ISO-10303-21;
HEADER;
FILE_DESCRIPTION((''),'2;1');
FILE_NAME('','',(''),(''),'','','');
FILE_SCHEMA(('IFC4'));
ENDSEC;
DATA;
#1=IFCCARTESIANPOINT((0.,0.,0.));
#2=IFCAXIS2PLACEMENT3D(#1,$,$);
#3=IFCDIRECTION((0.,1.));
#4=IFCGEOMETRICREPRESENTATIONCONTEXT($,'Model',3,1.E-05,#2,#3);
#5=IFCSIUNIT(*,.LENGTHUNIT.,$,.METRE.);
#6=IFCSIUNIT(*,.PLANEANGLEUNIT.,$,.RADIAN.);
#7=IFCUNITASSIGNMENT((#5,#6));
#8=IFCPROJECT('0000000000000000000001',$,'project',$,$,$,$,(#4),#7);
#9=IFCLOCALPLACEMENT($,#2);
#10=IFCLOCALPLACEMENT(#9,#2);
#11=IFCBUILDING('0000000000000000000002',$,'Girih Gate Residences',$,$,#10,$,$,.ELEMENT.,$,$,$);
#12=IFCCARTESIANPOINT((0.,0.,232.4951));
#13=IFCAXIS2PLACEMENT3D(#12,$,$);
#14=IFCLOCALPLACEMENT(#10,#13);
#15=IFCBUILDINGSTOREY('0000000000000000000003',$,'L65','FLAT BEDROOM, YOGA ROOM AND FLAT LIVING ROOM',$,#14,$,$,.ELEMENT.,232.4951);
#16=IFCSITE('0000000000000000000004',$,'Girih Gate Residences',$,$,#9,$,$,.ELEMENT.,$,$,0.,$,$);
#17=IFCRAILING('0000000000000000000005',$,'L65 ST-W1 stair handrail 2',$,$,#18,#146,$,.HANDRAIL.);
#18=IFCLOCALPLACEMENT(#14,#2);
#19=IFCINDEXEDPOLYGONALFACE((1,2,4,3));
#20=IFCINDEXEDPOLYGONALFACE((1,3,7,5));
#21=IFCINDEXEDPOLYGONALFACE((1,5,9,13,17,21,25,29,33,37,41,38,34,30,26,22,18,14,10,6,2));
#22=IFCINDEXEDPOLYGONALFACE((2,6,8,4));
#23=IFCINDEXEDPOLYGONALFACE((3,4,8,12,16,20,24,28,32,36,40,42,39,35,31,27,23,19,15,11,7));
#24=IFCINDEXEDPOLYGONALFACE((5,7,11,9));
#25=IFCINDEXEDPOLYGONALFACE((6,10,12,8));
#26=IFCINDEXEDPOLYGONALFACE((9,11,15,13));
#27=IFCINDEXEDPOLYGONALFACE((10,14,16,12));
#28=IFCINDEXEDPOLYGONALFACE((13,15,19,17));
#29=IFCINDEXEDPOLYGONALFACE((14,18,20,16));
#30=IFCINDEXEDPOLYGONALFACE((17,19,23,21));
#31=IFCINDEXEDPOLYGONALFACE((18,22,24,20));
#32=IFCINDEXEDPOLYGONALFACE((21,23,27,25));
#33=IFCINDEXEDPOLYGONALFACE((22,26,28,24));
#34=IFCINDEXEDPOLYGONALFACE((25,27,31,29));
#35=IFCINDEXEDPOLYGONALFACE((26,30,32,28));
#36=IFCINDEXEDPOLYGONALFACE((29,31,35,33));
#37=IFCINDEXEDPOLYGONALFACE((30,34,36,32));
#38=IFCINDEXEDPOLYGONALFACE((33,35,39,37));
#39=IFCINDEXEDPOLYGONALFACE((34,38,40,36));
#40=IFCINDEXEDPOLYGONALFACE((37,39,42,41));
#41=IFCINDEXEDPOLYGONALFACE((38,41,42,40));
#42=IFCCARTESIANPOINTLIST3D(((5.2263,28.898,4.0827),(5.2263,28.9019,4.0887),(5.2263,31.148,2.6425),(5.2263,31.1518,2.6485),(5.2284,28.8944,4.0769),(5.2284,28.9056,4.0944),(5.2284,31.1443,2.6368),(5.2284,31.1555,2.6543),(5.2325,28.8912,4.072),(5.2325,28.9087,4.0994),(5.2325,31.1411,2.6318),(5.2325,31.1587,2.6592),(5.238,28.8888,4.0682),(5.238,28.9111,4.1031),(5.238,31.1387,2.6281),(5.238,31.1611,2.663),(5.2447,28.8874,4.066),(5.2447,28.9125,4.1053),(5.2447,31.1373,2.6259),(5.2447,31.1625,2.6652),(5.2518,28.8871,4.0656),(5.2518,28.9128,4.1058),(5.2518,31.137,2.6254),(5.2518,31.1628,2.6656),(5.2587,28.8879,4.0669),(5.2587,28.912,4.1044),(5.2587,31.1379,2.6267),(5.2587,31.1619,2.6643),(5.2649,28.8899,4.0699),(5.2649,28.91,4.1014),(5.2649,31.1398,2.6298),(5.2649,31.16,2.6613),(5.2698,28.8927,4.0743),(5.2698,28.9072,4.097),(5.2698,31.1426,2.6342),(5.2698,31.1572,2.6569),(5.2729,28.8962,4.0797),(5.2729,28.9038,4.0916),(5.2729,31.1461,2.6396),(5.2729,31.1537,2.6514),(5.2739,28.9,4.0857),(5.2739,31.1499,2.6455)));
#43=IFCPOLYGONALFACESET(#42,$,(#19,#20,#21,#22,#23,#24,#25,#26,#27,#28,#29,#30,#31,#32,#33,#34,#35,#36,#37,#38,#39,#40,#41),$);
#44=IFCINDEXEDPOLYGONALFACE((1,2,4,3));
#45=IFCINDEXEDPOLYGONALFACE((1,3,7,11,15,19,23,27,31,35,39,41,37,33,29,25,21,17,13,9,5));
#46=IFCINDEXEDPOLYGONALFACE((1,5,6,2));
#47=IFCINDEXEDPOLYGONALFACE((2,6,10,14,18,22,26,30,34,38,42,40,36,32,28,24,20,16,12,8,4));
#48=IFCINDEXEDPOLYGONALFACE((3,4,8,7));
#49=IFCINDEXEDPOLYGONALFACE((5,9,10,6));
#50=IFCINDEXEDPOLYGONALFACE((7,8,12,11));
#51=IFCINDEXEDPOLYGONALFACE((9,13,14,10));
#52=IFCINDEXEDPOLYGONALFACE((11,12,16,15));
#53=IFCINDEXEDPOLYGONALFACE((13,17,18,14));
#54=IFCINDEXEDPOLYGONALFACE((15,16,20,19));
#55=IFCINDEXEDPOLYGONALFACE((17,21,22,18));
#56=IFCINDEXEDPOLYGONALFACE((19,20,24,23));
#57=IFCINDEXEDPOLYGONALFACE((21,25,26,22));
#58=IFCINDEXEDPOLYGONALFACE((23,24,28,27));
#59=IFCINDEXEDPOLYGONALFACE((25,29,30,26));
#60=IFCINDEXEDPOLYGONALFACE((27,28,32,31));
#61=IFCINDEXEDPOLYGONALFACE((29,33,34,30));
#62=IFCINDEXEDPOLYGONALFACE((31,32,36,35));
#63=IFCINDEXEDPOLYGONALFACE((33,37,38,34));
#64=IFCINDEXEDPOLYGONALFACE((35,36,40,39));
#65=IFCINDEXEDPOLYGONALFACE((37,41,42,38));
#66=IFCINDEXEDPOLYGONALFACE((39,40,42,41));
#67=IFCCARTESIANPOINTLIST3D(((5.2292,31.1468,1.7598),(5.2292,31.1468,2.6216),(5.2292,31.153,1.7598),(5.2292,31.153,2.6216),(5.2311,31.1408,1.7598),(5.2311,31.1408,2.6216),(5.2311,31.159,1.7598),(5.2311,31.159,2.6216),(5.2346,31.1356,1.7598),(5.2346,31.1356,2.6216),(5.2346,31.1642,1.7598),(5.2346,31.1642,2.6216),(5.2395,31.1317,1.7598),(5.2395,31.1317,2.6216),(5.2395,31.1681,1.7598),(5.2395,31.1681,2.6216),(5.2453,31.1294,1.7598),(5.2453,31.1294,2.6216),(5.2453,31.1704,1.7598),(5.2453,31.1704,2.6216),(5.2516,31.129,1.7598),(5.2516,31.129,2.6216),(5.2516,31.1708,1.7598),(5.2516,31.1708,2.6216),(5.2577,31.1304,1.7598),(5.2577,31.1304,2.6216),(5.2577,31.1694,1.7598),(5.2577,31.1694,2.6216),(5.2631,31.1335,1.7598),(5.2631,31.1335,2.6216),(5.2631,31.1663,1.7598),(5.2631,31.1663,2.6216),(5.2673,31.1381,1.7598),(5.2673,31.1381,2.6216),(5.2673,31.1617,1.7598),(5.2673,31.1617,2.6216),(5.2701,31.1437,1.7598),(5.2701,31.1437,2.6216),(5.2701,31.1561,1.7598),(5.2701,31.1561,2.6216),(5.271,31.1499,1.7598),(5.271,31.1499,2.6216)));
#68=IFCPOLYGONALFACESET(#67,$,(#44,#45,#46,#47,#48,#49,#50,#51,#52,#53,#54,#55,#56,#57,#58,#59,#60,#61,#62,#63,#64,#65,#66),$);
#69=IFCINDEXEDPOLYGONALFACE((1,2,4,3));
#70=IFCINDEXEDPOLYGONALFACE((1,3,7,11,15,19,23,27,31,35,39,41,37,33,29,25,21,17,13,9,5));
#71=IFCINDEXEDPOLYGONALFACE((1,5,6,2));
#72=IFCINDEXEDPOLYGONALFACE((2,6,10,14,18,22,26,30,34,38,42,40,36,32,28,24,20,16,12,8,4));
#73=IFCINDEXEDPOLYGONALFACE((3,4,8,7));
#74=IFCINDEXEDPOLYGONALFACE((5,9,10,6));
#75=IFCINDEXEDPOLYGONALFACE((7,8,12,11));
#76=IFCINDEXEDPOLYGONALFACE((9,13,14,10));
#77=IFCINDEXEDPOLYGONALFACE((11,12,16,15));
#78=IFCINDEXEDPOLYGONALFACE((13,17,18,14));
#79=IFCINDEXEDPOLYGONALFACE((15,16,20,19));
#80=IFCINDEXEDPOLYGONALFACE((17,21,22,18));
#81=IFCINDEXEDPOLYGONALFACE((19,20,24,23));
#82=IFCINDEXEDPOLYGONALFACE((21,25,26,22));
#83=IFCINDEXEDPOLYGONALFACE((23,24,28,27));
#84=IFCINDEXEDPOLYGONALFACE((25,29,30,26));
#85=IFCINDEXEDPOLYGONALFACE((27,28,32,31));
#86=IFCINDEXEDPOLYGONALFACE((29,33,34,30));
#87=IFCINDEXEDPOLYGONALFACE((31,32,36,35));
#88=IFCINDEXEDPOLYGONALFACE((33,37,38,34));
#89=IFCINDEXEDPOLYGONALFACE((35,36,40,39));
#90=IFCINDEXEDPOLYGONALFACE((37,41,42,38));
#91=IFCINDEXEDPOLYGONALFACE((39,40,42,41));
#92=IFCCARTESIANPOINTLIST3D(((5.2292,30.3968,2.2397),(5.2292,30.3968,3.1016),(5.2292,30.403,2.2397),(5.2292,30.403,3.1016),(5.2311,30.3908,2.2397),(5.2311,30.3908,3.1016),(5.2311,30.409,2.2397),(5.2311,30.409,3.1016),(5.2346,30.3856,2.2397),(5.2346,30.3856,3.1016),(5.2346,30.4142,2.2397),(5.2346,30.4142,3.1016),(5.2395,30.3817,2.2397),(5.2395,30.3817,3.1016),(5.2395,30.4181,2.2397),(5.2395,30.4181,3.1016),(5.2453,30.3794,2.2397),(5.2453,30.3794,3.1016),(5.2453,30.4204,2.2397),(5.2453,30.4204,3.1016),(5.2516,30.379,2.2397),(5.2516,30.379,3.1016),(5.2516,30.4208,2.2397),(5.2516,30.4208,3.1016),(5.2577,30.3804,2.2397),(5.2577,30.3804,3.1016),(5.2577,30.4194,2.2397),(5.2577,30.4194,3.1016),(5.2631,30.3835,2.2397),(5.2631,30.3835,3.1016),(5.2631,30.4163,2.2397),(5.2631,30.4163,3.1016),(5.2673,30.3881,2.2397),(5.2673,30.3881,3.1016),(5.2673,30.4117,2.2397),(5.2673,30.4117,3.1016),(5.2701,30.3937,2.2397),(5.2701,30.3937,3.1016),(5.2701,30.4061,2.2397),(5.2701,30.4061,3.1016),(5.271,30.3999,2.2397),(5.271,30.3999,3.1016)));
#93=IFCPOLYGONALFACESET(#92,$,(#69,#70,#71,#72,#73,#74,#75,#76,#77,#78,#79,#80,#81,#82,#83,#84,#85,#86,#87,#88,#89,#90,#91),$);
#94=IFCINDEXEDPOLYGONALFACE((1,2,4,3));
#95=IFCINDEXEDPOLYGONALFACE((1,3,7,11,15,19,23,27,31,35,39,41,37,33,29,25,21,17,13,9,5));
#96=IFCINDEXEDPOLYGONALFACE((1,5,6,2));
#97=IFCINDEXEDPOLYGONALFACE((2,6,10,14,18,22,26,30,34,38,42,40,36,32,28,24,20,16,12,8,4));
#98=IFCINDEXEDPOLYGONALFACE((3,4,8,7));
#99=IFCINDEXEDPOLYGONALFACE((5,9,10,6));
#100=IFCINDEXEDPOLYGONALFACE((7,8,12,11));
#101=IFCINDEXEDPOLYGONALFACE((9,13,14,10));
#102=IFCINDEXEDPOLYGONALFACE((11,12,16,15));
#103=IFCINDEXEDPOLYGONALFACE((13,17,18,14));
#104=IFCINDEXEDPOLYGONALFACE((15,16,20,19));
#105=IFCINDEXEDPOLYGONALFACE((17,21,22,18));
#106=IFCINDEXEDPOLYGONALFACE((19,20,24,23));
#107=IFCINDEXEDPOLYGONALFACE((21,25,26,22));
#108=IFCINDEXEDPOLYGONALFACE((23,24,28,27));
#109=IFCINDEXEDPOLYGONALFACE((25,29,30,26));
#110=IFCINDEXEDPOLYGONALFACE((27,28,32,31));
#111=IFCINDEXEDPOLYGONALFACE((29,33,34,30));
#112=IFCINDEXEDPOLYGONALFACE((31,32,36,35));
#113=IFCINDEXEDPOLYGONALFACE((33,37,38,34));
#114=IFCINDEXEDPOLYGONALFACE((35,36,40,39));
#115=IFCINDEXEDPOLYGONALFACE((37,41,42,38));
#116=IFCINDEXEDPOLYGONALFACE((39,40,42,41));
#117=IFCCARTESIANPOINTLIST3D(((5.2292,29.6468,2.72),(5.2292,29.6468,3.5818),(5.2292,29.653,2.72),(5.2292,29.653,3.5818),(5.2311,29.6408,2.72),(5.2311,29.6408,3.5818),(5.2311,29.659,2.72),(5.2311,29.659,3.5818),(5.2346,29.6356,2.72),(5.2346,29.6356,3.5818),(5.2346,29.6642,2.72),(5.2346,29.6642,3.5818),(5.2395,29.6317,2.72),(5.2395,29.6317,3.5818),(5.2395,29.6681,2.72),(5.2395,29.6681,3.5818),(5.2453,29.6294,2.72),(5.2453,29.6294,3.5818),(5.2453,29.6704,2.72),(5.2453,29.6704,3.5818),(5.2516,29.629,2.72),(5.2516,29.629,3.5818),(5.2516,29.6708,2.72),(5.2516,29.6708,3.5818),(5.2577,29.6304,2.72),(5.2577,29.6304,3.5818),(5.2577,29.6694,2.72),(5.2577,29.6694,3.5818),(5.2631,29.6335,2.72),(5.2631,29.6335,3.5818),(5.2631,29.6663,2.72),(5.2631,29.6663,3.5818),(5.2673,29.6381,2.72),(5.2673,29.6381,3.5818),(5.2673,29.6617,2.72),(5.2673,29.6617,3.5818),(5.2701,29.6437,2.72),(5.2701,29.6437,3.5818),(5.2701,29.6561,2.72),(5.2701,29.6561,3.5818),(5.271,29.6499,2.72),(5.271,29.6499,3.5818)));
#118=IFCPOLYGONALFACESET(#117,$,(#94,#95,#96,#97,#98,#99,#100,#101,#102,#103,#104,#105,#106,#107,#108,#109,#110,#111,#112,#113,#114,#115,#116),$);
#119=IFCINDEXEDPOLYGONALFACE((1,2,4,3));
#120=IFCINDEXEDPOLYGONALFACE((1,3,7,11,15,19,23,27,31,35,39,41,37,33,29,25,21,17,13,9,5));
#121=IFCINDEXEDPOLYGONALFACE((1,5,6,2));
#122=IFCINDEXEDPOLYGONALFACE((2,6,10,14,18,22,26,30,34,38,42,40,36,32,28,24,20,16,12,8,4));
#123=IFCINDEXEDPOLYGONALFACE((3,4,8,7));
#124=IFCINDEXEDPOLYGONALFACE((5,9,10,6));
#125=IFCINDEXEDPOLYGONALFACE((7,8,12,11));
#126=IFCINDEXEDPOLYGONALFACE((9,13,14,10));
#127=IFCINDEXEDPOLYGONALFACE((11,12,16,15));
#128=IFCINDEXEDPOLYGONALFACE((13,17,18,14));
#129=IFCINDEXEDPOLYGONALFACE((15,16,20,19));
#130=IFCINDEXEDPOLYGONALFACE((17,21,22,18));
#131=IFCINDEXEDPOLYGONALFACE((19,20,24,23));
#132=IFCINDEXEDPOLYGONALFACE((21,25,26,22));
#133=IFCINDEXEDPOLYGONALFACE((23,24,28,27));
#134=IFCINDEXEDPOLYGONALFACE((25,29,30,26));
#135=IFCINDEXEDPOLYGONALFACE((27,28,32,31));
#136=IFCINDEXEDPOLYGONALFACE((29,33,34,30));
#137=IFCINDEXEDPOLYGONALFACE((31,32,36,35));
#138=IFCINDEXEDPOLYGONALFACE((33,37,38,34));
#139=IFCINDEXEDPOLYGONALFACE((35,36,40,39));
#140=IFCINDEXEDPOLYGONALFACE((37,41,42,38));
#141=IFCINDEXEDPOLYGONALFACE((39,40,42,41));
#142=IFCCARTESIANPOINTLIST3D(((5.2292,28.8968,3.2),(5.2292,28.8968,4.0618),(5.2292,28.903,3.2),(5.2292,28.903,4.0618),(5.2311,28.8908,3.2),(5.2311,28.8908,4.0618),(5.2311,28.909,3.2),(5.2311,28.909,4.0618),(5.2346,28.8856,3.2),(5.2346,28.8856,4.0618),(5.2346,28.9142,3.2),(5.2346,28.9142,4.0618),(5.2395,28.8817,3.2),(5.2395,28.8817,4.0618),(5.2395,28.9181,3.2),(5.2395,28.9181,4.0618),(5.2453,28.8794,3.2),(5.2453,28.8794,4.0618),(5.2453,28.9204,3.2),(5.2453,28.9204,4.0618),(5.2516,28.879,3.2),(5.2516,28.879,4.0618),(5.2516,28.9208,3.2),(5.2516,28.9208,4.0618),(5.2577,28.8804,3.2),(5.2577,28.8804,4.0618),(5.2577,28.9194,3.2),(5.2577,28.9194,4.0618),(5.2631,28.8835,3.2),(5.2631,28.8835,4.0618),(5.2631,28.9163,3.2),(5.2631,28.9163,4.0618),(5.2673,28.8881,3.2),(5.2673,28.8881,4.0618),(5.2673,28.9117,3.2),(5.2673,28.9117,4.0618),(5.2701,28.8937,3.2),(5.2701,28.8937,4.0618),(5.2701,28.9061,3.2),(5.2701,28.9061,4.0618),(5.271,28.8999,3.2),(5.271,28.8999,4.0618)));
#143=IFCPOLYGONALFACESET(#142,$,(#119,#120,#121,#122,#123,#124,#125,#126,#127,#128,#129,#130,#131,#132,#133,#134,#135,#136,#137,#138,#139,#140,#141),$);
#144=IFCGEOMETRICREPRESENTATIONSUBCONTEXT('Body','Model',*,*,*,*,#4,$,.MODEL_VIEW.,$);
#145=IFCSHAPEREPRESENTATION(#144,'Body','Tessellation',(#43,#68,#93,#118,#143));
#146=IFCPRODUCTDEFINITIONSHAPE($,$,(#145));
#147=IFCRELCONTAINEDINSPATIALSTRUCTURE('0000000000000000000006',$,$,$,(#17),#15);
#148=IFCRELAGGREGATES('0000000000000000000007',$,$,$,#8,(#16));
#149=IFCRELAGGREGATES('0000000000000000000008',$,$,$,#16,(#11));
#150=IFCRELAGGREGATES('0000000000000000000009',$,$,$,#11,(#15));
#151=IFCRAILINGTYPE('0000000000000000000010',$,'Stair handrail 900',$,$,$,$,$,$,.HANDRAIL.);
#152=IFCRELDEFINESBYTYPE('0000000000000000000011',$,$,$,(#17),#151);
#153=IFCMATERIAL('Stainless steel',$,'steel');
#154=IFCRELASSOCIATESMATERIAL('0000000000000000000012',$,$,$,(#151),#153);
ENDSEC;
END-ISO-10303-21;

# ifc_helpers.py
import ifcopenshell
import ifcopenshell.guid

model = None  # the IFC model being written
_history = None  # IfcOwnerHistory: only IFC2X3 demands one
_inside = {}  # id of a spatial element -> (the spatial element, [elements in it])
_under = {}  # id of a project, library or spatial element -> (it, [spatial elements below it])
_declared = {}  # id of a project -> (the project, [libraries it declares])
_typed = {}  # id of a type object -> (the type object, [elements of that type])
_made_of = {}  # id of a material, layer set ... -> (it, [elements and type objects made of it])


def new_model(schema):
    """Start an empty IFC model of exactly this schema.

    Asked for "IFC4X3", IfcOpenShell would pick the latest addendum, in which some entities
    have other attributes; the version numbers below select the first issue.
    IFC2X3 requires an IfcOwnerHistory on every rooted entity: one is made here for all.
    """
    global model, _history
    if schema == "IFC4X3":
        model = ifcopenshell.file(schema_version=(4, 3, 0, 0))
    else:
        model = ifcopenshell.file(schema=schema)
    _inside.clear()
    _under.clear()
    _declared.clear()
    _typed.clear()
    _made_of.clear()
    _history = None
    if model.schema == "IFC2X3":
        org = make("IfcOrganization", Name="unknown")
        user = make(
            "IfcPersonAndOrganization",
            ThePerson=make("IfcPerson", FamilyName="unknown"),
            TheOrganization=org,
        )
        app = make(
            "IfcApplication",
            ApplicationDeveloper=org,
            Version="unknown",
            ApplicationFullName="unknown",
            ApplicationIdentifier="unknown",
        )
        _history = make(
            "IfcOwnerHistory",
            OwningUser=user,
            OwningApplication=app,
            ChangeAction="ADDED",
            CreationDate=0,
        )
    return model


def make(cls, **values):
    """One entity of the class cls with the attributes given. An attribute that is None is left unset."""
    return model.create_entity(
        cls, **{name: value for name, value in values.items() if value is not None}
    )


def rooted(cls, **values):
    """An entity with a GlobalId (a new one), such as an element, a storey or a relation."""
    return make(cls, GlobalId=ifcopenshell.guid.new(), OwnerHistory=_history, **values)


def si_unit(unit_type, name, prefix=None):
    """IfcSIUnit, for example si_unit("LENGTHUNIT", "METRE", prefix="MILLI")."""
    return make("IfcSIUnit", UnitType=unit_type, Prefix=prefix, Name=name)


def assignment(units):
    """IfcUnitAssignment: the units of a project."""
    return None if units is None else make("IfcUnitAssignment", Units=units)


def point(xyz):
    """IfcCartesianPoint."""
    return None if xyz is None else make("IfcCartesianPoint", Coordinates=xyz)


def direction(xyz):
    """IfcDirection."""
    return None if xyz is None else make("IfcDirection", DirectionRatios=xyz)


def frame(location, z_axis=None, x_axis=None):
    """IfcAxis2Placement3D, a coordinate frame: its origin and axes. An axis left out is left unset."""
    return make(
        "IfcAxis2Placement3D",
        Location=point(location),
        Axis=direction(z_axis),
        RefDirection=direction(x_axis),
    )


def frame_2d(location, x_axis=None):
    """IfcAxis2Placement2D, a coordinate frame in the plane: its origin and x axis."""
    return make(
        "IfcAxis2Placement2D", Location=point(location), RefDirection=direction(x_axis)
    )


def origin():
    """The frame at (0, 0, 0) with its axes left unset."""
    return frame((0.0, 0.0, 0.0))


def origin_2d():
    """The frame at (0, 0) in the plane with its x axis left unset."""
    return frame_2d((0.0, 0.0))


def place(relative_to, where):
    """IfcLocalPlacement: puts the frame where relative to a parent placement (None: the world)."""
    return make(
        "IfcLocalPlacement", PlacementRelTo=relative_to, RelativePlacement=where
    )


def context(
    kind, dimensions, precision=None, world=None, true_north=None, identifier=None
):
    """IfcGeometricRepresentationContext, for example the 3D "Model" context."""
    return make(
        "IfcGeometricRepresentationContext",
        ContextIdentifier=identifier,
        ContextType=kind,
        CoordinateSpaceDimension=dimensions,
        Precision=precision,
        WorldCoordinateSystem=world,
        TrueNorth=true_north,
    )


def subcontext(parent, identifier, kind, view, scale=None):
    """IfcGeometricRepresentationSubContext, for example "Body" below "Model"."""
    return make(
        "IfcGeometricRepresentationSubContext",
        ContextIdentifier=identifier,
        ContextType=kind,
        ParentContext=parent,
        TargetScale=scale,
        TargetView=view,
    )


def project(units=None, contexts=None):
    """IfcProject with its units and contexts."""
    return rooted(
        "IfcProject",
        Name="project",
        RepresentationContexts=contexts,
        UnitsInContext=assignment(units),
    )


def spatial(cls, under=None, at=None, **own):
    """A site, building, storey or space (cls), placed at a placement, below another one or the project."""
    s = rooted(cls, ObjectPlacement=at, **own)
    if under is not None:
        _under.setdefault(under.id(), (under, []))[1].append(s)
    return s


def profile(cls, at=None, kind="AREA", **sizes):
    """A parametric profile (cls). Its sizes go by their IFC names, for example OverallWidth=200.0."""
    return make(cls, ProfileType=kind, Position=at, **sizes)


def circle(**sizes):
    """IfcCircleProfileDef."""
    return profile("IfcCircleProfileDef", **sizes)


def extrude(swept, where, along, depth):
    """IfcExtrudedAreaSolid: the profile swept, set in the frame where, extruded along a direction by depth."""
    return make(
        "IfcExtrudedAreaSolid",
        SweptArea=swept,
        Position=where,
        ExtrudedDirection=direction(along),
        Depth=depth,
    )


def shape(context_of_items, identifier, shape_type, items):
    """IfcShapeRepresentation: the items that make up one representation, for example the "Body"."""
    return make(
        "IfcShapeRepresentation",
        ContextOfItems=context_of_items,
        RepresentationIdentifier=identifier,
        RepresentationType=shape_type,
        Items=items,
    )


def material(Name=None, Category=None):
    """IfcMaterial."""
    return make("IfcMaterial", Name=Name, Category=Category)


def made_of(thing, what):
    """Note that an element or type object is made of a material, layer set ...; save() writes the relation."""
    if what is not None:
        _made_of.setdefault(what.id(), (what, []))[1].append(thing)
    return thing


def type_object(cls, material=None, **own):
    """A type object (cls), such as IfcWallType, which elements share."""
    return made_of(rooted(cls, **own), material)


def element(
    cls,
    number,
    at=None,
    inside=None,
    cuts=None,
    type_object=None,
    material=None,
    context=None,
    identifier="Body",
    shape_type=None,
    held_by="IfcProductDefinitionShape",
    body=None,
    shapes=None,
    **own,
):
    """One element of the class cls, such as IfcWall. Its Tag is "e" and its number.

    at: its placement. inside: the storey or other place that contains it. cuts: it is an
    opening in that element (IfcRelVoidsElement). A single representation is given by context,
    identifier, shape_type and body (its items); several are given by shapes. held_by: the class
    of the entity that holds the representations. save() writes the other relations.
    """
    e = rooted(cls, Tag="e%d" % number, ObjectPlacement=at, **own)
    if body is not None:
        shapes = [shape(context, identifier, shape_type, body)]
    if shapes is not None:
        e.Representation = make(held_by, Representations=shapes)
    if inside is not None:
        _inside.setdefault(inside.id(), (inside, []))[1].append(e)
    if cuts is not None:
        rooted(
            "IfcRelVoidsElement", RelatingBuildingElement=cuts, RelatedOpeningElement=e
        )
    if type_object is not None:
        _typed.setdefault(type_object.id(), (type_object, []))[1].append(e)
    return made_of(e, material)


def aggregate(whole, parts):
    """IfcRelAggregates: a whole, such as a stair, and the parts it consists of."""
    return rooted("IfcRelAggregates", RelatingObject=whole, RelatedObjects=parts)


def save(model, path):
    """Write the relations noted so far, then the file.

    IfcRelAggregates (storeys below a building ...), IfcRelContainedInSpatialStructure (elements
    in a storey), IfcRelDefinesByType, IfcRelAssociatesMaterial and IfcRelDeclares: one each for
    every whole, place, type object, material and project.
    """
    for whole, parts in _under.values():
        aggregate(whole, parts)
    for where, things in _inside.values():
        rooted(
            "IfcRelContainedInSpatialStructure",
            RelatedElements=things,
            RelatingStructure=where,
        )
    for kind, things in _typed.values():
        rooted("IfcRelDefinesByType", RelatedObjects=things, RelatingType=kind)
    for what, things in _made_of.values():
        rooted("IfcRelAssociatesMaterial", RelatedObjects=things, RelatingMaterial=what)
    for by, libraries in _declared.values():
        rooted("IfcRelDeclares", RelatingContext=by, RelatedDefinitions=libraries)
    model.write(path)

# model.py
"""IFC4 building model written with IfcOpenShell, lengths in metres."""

from ifc_helpers import new_model, si_unit, direction, frame, origin, origin_2d, place, context, subcontext, project, spatial, circle, extrude, material, type_object, element, save


model = new_model("IFC4")

# Units and contexts
model_context = context("Model", 3, precision=1e-05, world=origin(), true_north=direction((0.0, 1.0)))
body_context = subcontext(model_context, "Body", "Model", "MODEL_VIEW")
ifc_project = project(units=[si_unit("LENGTHUNIT", "METRE"), si_unit("PLANEANGLEUNIT", "RADIAN")], contexts=[model_context])

# Site, building, storey
site_placement = place(None, origin())
site = spatial("IfcSite", under=ifc_project, at=site_placement, Name="Girih Gate Residences", CompositionType="ELEMENT", RefElevation=0.0)
building_placement = place(site_placement, origin())
building = spatial("IfcBuilding", under=site, at=building_placement, Name="Girih Gate Residences", CompositionType="ELEMENT")
storey_placement = place(building_placement, frame((0.0, 0.0, 232.4951)))
storey = spatial("IfcBuildingStorey", under=building, at=storey_placement, Name="L65", Description="FLAT BEDROOM, YOGA ROOM AND FLAT LIVING ROOM", CompositionType="ELEMENT", Elevation=232.4951)

# Shared definitions
ifc_material_1 = material(Name="Stainless steel", Category="steel")

# Railing
railing_type_1 = type_object("IfcRailingType", Name="Stair handrail 900", PredefinedType="HANDRAIL", material=ifc_material_1)
railing_1_placement = place(storey_placement, frame((5.25, 31.1499, 1.7598)))
element("IfcRailing", 1, at=railing_1_placement, inside=storey, type_object=railing_type_1, Name="L65 ST-W1 stair handrail 2", PredefinedType="HANDRAIL", context=body_context, shape_type="SweptSolid", body=[
    extrude(circle(Radius=0.0239, at=origin_2d()), frame((0.0, 0.0, 0.8857), z_axis=(0.0, -0.84224, 0.539103), x_axis=(1.0, 0.0, 0.0)), (0.0, 0.0, 1.0), 2.6714),
    extrude(circle(Radius=0.021, at=origin_2d()), origin(), (0.0, 0.0, 1.0), 0.8618),
    extrude(circle(Radius=0.021, at=origin_2d()), frame((0.0, -0.75, 0.48)), (0.0, 0.0, 1.0), 0.8618),
    extrude(circle(Radius=0.021, at=origin_2d()), frame((0.0, -1.5, 0.9602)), (0.0, 0.0, 1.0), 0.8618),
    extrude(circle(Radius=0.021, at=origin_2d()), frame((0.0, -2.25, 1.4402)), (0.0, 0.0, 1.0), 0.8618),
])

save(model, "model.ifc")
